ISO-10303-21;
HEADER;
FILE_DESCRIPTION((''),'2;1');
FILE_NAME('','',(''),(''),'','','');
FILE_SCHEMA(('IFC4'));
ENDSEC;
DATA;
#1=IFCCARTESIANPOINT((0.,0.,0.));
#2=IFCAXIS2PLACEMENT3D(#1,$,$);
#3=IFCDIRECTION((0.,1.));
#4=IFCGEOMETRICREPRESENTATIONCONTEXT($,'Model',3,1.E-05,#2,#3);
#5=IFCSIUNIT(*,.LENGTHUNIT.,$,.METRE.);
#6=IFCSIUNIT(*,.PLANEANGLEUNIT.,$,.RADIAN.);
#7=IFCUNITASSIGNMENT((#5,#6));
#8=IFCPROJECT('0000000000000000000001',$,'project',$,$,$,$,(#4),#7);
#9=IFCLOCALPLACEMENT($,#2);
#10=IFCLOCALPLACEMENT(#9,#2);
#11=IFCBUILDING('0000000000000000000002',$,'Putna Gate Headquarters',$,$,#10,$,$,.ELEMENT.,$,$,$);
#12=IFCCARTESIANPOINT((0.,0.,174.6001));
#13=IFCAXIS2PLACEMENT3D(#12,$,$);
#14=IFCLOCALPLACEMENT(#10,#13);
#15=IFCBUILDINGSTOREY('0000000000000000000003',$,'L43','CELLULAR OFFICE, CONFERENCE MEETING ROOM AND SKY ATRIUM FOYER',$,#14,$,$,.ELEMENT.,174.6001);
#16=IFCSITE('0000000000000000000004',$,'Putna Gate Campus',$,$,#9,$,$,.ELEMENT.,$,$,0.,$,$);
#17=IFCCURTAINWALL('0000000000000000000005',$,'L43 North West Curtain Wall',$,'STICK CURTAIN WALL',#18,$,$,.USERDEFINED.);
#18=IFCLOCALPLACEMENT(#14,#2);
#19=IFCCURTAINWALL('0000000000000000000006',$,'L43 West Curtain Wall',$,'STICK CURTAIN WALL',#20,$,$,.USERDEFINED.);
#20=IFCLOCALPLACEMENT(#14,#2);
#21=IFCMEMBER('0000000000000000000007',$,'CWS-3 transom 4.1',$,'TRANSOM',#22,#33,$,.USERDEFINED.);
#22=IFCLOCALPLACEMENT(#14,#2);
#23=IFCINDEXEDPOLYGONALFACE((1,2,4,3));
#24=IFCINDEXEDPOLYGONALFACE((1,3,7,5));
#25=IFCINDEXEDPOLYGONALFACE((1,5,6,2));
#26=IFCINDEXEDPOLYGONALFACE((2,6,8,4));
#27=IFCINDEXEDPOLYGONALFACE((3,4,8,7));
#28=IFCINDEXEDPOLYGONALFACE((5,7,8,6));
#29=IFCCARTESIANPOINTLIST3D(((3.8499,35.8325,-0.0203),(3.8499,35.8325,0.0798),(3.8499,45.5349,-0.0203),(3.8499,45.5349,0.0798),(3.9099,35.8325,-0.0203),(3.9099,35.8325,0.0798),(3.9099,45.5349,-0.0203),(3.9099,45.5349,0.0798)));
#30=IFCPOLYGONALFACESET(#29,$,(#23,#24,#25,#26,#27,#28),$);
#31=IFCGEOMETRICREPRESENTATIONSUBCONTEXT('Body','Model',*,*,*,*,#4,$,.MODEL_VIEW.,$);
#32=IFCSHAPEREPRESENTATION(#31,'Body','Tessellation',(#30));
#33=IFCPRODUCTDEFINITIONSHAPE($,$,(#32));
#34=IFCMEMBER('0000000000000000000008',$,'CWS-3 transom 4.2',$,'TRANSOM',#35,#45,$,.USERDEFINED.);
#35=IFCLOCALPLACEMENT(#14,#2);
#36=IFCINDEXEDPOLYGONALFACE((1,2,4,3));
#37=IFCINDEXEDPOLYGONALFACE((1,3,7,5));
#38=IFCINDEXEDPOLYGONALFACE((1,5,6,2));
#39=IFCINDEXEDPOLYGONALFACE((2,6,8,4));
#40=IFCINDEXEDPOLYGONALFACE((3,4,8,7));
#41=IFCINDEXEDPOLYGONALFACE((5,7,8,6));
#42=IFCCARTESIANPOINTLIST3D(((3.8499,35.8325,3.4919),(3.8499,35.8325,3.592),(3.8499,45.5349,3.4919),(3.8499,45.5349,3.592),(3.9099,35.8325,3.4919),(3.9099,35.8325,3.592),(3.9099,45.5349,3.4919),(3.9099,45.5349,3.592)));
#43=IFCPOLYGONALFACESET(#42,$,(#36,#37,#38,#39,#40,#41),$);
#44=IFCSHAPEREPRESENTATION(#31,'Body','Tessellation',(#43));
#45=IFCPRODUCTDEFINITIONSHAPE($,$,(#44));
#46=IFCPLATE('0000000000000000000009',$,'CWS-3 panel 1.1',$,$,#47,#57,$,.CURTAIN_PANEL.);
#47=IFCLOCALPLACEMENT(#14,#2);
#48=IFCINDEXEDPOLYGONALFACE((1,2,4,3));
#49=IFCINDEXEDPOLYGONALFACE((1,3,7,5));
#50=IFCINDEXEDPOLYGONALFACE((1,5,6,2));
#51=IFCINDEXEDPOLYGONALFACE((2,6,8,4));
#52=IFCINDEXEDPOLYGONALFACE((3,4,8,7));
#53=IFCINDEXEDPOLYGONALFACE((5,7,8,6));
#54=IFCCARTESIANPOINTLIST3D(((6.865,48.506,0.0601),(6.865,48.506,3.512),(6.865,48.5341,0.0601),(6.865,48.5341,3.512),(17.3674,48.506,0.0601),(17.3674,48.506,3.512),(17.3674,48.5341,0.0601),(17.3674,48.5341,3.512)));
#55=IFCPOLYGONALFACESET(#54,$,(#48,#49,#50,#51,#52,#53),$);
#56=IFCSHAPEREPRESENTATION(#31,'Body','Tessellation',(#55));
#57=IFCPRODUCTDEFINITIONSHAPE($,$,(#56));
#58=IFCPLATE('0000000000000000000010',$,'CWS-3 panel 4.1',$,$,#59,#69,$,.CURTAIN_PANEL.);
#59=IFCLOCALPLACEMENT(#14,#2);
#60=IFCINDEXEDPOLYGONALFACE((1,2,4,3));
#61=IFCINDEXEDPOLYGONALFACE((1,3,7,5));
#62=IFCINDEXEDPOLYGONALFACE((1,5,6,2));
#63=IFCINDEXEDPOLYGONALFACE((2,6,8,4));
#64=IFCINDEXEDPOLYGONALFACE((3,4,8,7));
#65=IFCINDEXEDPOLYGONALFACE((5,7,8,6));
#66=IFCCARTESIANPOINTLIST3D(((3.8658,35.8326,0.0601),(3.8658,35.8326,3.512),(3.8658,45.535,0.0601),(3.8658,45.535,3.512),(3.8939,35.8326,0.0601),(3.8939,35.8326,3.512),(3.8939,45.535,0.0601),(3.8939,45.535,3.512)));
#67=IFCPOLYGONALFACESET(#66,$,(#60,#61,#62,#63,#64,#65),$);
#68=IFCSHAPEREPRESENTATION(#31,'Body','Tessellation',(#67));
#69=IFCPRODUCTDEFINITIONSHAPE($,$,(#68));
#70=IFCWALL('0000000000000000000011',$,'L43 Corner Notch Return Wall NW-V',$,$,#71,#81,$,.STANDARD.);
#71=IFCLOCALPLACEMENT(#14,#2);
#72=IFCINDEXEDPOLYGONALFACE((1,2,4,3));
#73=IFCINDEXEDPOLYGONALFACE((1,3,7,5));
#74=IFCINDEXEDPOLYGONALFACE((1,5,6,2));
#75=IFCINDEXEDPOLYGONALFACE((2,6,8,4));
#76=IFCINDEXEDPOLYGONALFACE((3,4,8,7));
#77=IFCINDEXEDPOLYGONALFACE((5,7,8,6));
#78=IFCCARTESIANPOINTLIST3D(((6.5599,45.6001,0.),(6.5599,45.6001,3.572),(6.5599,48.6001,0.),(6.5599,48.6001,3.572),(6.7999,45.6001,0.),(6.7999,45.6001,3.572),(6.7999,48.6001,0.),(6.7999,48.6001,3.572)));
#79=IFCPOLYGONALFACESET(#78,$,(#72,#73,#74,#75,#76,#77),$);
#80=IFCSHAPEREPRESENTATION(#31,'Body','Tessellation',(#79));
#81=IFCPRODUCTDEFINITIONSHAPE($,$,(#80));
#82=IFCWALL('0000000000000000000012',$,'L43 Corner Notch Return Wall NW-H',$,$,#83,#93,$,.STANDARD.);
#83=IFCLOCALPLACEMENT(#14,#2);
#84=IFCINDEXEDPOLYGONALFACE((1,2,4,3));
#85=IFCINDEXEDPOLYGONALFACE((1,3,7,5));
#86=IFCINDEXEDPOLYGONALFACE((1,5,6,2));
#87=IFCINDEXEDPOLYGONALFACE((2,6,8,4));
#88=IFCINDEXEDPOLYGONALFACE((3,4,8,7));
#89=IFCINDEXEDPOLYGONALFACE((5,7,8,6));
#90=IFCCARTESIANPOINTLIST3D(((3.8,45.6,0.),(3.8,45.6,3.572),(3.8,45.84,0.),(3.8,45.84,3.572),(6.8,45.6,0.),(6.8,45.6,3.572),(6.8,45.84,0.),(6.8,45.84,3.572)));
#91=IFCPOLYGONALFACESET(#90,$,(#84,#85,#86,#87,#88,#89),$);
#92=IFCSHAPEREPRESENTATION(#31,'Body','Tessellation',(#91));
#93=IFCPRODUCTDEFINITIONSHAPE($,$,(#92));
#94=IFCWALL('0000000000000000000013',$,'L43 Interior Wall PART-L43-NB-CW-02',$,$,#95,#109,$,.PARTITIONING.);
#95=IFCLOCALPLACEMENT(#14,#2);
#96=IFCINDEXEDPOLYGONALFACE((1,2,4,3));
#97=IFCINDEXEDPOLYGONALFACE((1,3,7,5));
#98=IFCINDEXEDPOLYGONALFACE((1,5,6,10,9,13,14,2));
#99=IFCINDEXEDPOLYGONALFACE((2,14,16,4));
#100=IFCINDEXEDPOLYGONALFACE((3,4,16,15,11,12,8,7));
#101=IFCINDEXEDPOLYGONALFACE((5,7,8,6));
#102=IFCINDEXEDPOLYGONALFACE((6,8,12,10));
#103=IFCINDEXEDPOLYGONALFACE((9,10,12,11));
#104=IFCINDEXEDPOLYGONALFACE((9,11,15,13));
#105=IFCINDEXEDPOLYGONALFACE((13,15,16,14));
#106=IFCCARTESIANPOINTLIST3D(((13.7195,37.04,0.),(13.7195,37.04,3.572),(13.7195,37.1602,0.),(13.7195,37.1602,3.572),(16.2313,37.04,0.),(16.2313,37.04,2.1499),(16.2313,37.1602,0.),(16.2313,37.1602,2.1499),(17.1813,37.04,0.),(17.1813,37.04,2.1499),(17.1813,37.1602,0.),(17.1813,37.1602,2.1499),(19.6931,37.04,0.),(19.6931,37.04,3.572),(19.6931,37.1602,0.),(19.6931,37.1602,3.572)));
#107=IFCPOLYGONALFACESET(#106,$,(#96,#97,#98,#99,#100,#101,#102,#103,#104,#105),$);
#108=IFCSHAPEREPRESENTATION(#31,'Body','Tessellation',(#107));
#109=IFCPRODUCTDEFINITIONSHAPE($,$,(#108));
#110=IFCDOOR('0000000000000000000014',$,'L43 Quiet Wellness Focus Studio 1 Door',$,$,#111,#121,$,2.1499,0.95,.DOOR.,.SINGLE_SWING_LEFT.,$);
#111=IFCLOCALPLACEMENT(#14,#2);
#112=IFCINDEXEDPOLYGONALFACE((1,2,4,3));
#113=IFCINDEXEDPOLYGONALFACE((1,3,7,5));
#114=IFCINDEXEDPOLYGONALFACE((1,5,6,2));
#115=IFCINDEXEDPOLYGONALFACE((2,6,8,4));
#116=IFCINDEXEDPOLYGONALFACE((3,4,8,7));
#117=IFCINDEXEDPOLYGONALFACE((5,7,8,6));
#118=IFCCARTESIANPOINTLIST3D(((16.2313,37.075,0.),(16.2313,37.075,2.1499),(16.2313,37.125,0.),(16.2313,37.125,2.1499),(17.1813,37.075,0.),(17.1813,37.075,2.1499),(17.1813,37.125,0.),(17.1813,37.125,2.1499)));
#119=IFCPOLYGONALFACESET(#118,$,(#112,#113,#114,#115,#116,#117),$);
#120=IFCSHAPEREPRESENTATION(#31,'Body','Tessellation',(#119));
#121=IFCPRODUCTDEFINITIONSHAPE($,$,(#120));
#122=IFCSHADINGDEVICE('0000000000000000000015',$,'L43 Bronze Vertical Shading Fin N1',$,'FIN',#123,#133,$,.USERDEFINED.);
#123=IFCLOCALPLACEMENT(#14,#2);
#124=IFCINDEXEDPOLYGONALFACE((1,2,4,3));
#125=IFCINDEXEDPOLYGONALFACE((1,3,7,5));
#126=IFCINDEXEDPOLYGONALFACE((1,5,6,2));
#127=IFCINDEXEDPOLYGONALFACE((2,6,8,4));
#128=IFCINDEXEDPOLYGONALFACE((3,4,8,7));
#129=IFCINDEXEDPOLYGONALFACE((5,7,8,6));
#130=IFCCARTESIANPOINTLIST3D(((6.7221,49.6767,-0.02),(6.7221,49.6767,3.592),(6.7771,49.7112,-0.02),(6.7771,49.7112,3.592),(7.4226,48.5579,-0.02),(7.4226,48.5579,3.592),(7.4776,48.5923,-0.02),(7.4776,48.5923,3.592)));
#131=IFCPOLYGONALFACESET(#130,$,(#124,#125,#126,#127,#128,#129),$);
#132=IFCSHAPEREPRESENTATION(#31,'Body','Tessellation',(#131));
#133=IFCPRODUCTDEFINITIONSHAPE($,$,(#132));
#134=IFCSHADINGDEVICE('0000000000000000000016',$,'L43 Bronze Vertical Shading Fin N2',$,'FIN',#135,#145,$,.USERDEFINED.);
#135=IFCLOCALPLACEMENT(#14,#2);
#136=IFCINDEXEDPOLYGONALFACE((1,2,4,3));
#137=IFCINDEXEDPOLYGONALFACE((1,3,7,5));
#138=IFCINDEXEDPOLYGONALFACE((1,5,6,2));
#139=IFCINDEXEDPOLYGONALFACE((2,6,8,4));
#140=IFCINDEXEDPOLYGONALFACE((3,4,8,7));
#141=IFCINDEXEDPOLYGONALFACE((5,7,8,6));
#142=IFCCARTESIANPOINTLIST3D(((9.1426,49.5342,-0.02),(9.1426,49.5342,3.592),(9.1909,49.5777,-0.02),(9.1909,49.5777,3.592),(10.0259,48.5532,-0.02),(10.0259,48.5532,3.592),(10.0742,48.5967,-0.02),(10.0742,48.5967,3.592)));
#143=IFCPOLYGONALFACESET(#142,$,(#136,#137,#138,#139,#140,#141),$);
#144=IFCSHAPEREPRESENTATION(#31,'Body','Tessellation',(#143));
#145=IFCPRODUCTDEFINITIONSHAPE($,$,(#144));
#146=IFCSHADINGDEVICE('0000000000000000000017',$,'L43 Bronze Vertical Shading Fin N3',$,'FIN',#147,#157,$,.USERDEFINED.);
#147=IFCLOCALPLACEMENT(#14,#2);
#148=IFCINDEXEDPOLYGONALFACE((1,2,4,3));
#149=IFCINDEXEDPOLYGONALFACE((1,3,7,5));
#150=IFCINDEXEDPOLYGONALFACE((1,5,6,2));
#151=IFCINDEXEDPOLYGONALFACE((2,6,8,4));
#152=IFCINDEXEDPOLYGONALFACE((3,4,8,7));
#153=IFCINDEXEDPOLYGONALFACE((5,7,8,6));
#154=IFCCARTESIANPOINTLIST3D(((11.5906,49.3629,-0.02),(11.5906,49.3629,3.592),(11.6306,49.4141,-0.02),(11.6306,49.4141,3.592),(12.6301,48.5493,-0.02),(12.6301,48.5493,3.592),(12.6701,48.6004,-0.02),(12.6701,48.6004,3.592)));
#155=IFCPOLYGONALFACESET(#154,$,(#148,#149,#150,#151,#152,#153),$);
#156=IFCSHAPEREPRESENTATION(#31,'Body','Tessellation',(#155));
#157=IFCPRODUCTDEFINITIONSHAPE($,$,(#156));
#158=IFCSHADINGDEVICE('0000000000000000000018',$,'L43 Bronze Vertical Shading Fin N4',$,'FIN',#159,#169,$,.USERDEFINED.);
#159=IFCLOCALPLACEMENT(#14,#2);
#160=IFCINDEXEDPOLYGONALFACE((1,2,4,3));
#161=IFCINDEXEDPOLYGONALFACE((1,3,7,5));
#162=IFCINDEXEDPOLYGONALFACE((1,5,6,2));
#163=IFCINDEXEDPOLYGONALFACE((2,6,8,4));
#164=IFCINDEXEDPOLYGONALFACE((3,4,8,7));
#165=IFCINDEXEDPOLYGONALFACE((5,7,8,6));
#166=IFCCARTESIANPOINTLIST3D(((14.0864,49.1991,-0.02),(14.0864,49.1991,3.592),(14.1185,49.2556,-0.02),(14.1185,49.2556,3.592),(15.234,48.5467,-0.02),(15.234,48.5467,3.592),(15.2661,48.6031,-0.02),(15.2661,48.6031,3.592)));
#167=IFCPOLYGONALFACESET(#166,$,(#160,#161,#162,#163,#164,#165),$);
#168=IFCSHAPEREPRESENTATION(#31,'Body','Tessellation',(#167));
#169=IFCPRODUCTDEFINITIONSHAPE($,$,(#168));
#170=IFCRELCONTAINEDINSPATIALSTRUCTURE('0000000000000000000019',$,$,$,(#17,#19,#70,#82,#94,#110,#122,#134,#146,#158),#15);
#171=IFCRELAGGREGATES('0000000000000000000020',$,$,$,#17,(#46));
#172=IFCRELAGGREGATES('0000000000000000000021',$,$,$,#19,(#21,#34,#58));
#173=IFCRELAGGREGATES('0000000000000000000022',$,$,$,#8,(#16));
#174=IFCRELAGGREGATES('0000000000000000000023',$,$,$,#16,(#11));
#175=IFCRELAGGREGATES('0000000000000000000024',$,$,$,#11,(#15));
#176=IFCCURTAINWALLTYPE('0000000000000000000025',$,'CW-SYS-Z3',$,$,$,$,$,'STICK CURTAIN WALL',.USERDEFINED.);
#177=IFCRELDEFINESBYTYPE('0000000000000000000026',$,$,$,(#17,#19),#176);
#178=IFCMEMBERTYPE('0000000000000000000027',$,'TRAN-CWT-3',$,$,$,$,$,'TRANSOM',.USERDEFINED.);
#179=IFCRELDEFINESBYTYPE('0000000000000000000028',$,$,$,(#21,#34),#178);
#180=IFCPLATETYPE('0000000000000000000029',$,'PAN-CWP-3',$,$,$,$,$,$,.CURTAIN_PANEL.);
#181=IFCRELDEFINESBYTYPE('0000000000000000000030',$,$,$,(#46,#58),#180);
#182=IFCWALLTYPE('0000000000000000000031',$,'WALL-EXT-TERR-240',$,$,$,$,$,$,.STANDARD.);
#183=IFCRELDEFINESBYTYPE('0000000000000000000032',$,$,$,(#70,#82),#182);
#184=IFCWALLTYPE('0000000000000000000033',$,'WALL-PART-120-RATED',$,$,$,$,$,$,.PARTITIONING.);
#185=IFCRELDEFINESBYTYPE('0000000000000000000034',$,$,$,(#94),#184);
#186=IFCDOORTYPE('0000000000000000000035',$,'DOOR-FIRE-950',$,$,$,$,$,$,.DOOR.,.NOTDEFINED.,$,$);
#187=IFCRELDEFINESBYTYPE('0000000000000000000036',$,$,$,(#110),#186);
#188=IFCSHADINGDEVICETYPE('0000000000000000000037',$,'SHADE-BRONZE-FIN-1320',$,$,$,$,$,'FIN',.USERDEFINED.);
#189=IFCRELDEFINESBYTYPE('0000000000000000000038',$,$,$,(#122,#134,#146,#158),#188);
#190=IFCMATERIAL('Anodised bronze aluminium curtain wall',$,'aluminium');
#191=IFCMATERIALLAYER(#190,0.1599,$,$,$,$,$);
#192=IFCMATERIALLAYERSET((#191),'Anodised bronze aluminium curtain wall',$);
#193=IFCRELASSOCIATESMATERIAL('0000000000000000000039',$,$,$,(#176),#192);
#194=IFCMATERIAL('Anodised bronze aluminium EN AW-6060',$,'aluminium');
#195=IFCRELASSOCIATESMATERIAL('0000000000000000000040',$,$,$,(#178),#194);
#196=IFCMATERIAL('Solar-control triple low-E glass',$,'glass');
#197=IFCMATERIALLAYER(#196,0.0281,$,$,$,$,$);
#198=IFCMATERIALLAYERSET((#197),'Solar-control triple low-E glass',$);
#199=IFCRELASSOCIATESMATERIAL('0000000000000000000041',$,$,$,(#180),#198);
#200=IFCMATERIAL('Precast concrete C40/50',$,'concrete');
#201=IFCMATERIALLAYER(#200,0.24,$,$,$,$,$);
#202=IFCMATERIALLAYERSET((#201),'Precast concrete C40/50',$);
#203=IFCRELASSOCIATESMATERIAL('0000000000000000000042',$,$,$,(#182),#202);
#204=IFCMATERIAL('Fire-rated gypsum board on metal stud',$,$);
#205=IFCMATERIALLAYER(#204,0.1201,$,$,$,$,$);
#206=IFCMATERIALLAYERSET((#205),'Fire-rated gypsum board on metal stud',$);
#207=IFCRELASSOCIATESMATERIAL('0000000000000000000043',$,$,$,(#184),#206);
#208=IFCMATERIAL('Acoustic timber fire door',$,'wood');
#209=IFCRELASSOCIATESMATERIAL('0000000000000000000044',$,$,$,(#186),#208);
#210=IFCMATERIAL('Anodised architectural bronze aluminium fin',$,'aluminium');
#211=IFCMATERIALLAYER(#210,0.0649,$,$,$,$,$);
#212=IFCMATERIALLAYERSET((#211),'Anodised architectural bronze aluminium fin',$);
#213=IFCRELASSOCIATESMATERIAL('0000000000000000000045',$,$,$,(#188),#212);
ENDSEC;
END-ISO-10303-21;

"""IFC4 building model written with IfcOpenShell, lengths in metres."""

from ifc_helpers import new_model, si_unit, direction, frame, frame_2d, origin, origin_2d, place, context, subcontext, project, spatial, rectangle, extrude, material, layer, layer_set, material_profile, profile_set, type_object, element, fill, aggregate, save


model = new_model("IFC4")

# Units and contexts
model_context = context("Model", 3, precision=1e-05, world=origin(), true_north=direction((0.0, 1.0)))
body_context = subcontext(model_context, "Body", "Model", "MODEL_VIEW")
ifc_project = project(units=[si_unit("LENGTHUNIT", "METRE"), si_unit("PLANEANGLEUNIT", "RADIAN")], contexts=[model_context])

# Site, building, storey
site_placement = place(None, origin())
site = spatial("IfcSite", under=ifc_project, at=site_placement, Name="Putna Gate Campus", CompositionType="ELEMENT", RefElevation=0.0)
building_placement = place(site_placement, origin())
building = spatial("IfcBuilding", under=site, at=building_placement, Name="Putna Gate Headquarters", CompositionType="ELEMENT")
storey_placement = place(building_placement, frame((0.0, 0.0, 174.6001)))
storey = spatial("IfcBuildingStorey", under=building, at=storey_placement, Name="L43", Description="CELLULAR OFFICE, CONFERENCE MEETING ROOM AND SKY ATRIUM FOYER", CompositionType="ELEMENT", Elevation=174.6001)

# Curtain wall
ifc_material_1 = material(Name="Anodised bronze aluminium curtain wall", Category="aluminium")
ifc_layer_1 = layer(ifc_material_1, 0.1599)
ifc_layer_set_1 = layer_set([ifc_layer_1], Name="Anodised bronze aluminium curtain wall")
curtain_wall_type = type_object("IfcCurtainWallType", Name="CW-SYS-Z3", ElementType="STICK CURTAIN WALL", PredefinedType="USERDEFINED", material=ifc_layer_set_1)
curtain_wall_1_placement = place(storey_placement, origin())
curtain_wall_1 = element("IfcCurtainWall", 1, at=curtain_wall_1_placement, inside=storey, type_object=curtain_wall_type, Name="L43 North West Curtain Wall", ObjectType="STICK CURTAIN WALL", PredefinedType="USERDEFINED")
ifc_material_2 = material(Name="Anodised bronze aluminium EN AW-6060", Category="aluminium")

# Curtain wall
curtain_wall_2_placement = place(storey_placement, origin())
curtain_wall_2 = element("IfcCurtainWall", 2, at=curtain_wall_2_placement, inside=storey, type_object=curtain_wall_type, Name="L43 West Curtain Wall", ObjectType="STICK CURTAIN WALL", PredefinedType="USERDEFINED")

# Members
ifc_material_profile_1 = material_profile(ifc_material_2, rectangle(XDim=0.0601, YDim=0.1001, at=origin_2d()), Name="Anodised bronze aluminium EN AW-6060")
ifc_profile_set_1 = profile_set([ifc_material_profile_1], Name="Anodised bronze aluminium EN AW-6060")
member_type_1 = type_object("IfcMemberType", Name="TRAN-CWT-3", ElementType="TRANSOM", PredefinedType="USERDEFINED", material=ifc_profile_set_1)
member_1_placement = place(storey_placement, frame((3.8799, 35.8325, 0.0298), z_axis=(0.0, 1.0, 0.0), x_axis=(-1.0, 0.0, 0.0)))
member_1 = element("IfcMember", 3, at=member_1_placement, type_object=member_type_1, Name="CWS-3 transom 4.1", ObjectType="TRANSOM", PredefinedType="USERDEFINED", context=body_context, shape_type="SweptSolid", body=[
    extrude(rectangle(XDim=0.0601, YDim=0.1001, at=origin_2d()), origin(), (0.0, 0.0, 1.0), 9.7024),
])
member_2_placement = place(storey_placement, frame((3.8799, 35.8325, 3.542), z_axis=(0.0, 1.0, 0.0), x_axis=(-1.0, 0.0, 0.0)))
member_2 = element("IfcMember", 4, at=member_2_placement, type_object=member_type_1, Name="CWS-3 transom 4.2", ObjectType="TRANSOM", PredefinedType="USERDEFINED", context=body_context, shape_type="SweptSolid", body=[
    extrude(rectangle(XDim=0.0601, YDim=0.1001, at=origin_2d()), origin(), (0.0, 0.0, 1.0), 9.7024),
])

# Plates
ifc_material_3 = material(Name="Solar-control triple low-E glass", Category="glass")
ifc_layer_2 = layer(ifc_material_3, 0.0281)
ifc_layer_set_2 = layer_set([ifc_layer_2], Name="Solar-control triple low-E glass")
plate_type = type_object("IfcPlateType", Name="PAN-CWP-3", PredefinedType="CURTAIN_PANEL", material=ifc_layer_set_2)
plate_1_placement = place(storey_placement, frame((12.1162, 48.52, 0.0601), z_axis=(0.0, 0.0, 1.0), x_axis=(1.0, 0.0, 0.0)))
plate_1 = element("IfcPlate", 5, at=plate_1_placement, type_object=plate_type, Name="CWS-3 panel 1.1", PredefinedType="CURTAIN_PANEL", context=body_context, shape_type="SweptSolid", body=[
    extrude(rectangle(XDim=10.5024, YDim=0.0281, at=origin_2d()), origin(), (0.0, 0.0, 1.0), 3.4519),
])
aggregate(curtain_wall_1, [plate_1])
plate_2_placement = place(storey_placement, frame((3.8799, 40.6838, 0.0601), z_axis=(0.0, 0.0, 1.0), x_axis=(0.0, 1.0, 0.0)))
plate_2 = element("IfcPlate", 6, at=plate_2_placement, type_object=plate_type, Name="CWS-3 panel 4.1", PredefinedType="CURTAIN_PANEL", context=body_context, shape_type="SweptSolid", body=[
    extrude(rectangle(XDim=9.7024, YDim=0.0281, at=origin_2d()), origin(), (0.0, 0.0, 1.0), 3.4519),
])
aggregate(curtain_wall_2, [member_1, member_2, plate_2])

# Walls
ifc_material_4 = material(Name="Precast concrete C40/50", Category="concrete")
ifc_layer_3 = layer(ifc_material_4, 0.24)
ifc_layer_set_3 = layer_set([ifc_layer_3], Name="Precast concrete C40/50")
wall_type_1 = type_object("IfcWallType", Name="WALL-EXT-TERR-240", PredefinedType="STANDARD", material=ifc_layer_set_3)
for number, where, z_axis, x_axis, name in (
    (7, (6.6799, 45.6001, 0.0), (0.0, 0.0, 1.0), (0.0, 1.0, 0.0), "L43 Corner Notch Return Wall NW-V"),
    (8, (3.8, 45.72, 0.0), (0.0, 0.0, 1.0), (1.0, 0.0, 0.0), "L43 Corner Notch Return Wall NW-H"),
):
    element("IfcWall", number, at=place(storey_placement, frame(where, z_axis=z_axis, x_axis=x_axis)), inside=storey, type_object=wall_type_1, Name=name, PredefinedType="STANDARD", context=body_context, shape_type="SweptSolid", body=[
        extrude(rectangle(XDim=3.0, YDim=0.24, at=frame_2d((1.5, 0.0))), origin(), (0.0, 0.0, 1.0), 3.572),
    ])

# Wall, opening, door
ifc_material_5 = material(Name="Fire-rated gypsum board on metal stud")
ifc_layer_4 = layer(ifc_material_5, 0.1201)
ifc_layer_set_4 = layer_set([ifc_layer_4], Name="Fire-rated gypsum board on metal stud")
wall_type_2 = type_object("IfcWallType", Name="WALL-PART-120-RATED", PredefinedType="PARTITIONING", material=ifc_layer_set_4)
wall_placement = place(storey_placement, frame((13.7195, 37.1001, 0.0), z_axis=(0.0, 0.0, 1.0), x_axis=(1.0, 0.0, 0.0)))
wall = element("IfcWall", 9, at=wall_placement, inside=storey, type_object=wall_type_2, Name="L43 Interior Wall PART-L43-NB-CW-02", PredefinedType="PARTITIONING", context=body_context, shape_type="SweptSolid", body=[
    extrude(rectangle(XDim=5.9736, YDim=0.1201, at=frame_2d((2.9868, 0.0))), origin(), (0.0, 0.0, 1.0), 3.572),
])
opening_placement = place(wall_placement, frame((2.5117, 0.0, 0.0)))
opening = element("IfcOpeningElement", 10, at=opening_placement, cuts=wall, PredefinedType="OPENING", context=body_context, shape_type="SweptSolid", body=[
    extrude(rectangle(XDim=0.95, YDim=2.1499, at=frame_2d((0.4751, 1.075))), frame((0.0, 0.0701, 0.0), z_axis=(0.0, -1.0, 0.0), x_axis=(1.0, 0.0, 0.0)), (0.0, 0.0, 1.0), 0.1401),
])
ifc_material_6 = material(Name="Acoustic timber fire door", Category="wood")
door_type = type_object("IfcDoorType", Name="DOOR-FIRE-950", OperationType="NOTDEFINED", PredefinedType="DOOR", material=ifc_material_6)
door_placement = place(opening_placement, origin())
door = element("IfcDoor", 11, at=door_placement, inside=storey, type_object=door_type, Name="L43 Quiet Wellness Focus Studio 1 Door", OperationType="SINGLE_SWING_LEFT", OverallHeight=2.1499, OverallWidth=0.95, PredefinedType="DOOR", context=body_context, shape_type="SweptSolid", body=[
    extrude(rectangle(XDim=0.95, YDim=2.1499, at=frame_2d((0.4751, 1.075))), frame((0.0, 0.0249, 0.0), z_axis=(0.0, -1.0, 0.0), x_axis=(1.0, 0.0, 0.0)), (0.0, 0.0, 1.0), 0.05),
])
fill(opening, door)

# Shading devices
ifc_material_7 = material(Name="Anodised architectural bronze aluminium fin", Category="aluminium")
ifc_layer_5 = layer(ifc_material_7, 0.0649)
ifc_layer_set_5 = layer_set([ifc_layer_5], Name="Anodised architectural bronze aluminium fin")
shading_device_type = type_object("IfcShadingDeviceType", Name="SHADE-BRONZE-FIN-1320", ElementType="FIN", PredefinedType="USERDEFINED", material=ifc_layer_set_5)
for number, where, z_axis, x_axis, name in (
    (12, (7.0999, 49.1345, -0.02), (0.0, 0.0, 1.0), (-0.530659, 0.847585, 0.0), "L43 Bronze Vertical Shading Fin N1"),
    (13, (9.6084, 49.0654, -0.02), (0.0, 0.0, 1.0), (-0.669131, 0.743145, 0.0), "L43 Bronze Vertical Shading Fin N2"),
    (14, (12.1304, 48.9817, -0.02), (0.0, 0.0, 1.0), (-0.787473, 0.616349, 0.0), "L43 Bronze Vertical Shading Fin N3"),
    (15, (14.6763, 48.9011, -0.02), (0.0, 0.0, 1.0), (-0.869322, 0.494245, 0.0), "L43 Bronze Vertical Shading Fin N4"),
):
    element("IfcShadingDevice", number, at=place(storey_placement, frame(where, z_axis=z_axis, x_axis=x_axis)), inside=storey, type_object=shading_device_type, Name=name, ObjectType="FIN", PredefinedType="USERDEFINED", context=body_context, shape_type="SweptSolid", body=[
        extrude(rectangle(XDim=1.3201, YDim=0.0649, at=origin_2d()), origin(), (0.0, 0.0, 1.0), 3.6121),
    ])

save(model, "model.ifc")
